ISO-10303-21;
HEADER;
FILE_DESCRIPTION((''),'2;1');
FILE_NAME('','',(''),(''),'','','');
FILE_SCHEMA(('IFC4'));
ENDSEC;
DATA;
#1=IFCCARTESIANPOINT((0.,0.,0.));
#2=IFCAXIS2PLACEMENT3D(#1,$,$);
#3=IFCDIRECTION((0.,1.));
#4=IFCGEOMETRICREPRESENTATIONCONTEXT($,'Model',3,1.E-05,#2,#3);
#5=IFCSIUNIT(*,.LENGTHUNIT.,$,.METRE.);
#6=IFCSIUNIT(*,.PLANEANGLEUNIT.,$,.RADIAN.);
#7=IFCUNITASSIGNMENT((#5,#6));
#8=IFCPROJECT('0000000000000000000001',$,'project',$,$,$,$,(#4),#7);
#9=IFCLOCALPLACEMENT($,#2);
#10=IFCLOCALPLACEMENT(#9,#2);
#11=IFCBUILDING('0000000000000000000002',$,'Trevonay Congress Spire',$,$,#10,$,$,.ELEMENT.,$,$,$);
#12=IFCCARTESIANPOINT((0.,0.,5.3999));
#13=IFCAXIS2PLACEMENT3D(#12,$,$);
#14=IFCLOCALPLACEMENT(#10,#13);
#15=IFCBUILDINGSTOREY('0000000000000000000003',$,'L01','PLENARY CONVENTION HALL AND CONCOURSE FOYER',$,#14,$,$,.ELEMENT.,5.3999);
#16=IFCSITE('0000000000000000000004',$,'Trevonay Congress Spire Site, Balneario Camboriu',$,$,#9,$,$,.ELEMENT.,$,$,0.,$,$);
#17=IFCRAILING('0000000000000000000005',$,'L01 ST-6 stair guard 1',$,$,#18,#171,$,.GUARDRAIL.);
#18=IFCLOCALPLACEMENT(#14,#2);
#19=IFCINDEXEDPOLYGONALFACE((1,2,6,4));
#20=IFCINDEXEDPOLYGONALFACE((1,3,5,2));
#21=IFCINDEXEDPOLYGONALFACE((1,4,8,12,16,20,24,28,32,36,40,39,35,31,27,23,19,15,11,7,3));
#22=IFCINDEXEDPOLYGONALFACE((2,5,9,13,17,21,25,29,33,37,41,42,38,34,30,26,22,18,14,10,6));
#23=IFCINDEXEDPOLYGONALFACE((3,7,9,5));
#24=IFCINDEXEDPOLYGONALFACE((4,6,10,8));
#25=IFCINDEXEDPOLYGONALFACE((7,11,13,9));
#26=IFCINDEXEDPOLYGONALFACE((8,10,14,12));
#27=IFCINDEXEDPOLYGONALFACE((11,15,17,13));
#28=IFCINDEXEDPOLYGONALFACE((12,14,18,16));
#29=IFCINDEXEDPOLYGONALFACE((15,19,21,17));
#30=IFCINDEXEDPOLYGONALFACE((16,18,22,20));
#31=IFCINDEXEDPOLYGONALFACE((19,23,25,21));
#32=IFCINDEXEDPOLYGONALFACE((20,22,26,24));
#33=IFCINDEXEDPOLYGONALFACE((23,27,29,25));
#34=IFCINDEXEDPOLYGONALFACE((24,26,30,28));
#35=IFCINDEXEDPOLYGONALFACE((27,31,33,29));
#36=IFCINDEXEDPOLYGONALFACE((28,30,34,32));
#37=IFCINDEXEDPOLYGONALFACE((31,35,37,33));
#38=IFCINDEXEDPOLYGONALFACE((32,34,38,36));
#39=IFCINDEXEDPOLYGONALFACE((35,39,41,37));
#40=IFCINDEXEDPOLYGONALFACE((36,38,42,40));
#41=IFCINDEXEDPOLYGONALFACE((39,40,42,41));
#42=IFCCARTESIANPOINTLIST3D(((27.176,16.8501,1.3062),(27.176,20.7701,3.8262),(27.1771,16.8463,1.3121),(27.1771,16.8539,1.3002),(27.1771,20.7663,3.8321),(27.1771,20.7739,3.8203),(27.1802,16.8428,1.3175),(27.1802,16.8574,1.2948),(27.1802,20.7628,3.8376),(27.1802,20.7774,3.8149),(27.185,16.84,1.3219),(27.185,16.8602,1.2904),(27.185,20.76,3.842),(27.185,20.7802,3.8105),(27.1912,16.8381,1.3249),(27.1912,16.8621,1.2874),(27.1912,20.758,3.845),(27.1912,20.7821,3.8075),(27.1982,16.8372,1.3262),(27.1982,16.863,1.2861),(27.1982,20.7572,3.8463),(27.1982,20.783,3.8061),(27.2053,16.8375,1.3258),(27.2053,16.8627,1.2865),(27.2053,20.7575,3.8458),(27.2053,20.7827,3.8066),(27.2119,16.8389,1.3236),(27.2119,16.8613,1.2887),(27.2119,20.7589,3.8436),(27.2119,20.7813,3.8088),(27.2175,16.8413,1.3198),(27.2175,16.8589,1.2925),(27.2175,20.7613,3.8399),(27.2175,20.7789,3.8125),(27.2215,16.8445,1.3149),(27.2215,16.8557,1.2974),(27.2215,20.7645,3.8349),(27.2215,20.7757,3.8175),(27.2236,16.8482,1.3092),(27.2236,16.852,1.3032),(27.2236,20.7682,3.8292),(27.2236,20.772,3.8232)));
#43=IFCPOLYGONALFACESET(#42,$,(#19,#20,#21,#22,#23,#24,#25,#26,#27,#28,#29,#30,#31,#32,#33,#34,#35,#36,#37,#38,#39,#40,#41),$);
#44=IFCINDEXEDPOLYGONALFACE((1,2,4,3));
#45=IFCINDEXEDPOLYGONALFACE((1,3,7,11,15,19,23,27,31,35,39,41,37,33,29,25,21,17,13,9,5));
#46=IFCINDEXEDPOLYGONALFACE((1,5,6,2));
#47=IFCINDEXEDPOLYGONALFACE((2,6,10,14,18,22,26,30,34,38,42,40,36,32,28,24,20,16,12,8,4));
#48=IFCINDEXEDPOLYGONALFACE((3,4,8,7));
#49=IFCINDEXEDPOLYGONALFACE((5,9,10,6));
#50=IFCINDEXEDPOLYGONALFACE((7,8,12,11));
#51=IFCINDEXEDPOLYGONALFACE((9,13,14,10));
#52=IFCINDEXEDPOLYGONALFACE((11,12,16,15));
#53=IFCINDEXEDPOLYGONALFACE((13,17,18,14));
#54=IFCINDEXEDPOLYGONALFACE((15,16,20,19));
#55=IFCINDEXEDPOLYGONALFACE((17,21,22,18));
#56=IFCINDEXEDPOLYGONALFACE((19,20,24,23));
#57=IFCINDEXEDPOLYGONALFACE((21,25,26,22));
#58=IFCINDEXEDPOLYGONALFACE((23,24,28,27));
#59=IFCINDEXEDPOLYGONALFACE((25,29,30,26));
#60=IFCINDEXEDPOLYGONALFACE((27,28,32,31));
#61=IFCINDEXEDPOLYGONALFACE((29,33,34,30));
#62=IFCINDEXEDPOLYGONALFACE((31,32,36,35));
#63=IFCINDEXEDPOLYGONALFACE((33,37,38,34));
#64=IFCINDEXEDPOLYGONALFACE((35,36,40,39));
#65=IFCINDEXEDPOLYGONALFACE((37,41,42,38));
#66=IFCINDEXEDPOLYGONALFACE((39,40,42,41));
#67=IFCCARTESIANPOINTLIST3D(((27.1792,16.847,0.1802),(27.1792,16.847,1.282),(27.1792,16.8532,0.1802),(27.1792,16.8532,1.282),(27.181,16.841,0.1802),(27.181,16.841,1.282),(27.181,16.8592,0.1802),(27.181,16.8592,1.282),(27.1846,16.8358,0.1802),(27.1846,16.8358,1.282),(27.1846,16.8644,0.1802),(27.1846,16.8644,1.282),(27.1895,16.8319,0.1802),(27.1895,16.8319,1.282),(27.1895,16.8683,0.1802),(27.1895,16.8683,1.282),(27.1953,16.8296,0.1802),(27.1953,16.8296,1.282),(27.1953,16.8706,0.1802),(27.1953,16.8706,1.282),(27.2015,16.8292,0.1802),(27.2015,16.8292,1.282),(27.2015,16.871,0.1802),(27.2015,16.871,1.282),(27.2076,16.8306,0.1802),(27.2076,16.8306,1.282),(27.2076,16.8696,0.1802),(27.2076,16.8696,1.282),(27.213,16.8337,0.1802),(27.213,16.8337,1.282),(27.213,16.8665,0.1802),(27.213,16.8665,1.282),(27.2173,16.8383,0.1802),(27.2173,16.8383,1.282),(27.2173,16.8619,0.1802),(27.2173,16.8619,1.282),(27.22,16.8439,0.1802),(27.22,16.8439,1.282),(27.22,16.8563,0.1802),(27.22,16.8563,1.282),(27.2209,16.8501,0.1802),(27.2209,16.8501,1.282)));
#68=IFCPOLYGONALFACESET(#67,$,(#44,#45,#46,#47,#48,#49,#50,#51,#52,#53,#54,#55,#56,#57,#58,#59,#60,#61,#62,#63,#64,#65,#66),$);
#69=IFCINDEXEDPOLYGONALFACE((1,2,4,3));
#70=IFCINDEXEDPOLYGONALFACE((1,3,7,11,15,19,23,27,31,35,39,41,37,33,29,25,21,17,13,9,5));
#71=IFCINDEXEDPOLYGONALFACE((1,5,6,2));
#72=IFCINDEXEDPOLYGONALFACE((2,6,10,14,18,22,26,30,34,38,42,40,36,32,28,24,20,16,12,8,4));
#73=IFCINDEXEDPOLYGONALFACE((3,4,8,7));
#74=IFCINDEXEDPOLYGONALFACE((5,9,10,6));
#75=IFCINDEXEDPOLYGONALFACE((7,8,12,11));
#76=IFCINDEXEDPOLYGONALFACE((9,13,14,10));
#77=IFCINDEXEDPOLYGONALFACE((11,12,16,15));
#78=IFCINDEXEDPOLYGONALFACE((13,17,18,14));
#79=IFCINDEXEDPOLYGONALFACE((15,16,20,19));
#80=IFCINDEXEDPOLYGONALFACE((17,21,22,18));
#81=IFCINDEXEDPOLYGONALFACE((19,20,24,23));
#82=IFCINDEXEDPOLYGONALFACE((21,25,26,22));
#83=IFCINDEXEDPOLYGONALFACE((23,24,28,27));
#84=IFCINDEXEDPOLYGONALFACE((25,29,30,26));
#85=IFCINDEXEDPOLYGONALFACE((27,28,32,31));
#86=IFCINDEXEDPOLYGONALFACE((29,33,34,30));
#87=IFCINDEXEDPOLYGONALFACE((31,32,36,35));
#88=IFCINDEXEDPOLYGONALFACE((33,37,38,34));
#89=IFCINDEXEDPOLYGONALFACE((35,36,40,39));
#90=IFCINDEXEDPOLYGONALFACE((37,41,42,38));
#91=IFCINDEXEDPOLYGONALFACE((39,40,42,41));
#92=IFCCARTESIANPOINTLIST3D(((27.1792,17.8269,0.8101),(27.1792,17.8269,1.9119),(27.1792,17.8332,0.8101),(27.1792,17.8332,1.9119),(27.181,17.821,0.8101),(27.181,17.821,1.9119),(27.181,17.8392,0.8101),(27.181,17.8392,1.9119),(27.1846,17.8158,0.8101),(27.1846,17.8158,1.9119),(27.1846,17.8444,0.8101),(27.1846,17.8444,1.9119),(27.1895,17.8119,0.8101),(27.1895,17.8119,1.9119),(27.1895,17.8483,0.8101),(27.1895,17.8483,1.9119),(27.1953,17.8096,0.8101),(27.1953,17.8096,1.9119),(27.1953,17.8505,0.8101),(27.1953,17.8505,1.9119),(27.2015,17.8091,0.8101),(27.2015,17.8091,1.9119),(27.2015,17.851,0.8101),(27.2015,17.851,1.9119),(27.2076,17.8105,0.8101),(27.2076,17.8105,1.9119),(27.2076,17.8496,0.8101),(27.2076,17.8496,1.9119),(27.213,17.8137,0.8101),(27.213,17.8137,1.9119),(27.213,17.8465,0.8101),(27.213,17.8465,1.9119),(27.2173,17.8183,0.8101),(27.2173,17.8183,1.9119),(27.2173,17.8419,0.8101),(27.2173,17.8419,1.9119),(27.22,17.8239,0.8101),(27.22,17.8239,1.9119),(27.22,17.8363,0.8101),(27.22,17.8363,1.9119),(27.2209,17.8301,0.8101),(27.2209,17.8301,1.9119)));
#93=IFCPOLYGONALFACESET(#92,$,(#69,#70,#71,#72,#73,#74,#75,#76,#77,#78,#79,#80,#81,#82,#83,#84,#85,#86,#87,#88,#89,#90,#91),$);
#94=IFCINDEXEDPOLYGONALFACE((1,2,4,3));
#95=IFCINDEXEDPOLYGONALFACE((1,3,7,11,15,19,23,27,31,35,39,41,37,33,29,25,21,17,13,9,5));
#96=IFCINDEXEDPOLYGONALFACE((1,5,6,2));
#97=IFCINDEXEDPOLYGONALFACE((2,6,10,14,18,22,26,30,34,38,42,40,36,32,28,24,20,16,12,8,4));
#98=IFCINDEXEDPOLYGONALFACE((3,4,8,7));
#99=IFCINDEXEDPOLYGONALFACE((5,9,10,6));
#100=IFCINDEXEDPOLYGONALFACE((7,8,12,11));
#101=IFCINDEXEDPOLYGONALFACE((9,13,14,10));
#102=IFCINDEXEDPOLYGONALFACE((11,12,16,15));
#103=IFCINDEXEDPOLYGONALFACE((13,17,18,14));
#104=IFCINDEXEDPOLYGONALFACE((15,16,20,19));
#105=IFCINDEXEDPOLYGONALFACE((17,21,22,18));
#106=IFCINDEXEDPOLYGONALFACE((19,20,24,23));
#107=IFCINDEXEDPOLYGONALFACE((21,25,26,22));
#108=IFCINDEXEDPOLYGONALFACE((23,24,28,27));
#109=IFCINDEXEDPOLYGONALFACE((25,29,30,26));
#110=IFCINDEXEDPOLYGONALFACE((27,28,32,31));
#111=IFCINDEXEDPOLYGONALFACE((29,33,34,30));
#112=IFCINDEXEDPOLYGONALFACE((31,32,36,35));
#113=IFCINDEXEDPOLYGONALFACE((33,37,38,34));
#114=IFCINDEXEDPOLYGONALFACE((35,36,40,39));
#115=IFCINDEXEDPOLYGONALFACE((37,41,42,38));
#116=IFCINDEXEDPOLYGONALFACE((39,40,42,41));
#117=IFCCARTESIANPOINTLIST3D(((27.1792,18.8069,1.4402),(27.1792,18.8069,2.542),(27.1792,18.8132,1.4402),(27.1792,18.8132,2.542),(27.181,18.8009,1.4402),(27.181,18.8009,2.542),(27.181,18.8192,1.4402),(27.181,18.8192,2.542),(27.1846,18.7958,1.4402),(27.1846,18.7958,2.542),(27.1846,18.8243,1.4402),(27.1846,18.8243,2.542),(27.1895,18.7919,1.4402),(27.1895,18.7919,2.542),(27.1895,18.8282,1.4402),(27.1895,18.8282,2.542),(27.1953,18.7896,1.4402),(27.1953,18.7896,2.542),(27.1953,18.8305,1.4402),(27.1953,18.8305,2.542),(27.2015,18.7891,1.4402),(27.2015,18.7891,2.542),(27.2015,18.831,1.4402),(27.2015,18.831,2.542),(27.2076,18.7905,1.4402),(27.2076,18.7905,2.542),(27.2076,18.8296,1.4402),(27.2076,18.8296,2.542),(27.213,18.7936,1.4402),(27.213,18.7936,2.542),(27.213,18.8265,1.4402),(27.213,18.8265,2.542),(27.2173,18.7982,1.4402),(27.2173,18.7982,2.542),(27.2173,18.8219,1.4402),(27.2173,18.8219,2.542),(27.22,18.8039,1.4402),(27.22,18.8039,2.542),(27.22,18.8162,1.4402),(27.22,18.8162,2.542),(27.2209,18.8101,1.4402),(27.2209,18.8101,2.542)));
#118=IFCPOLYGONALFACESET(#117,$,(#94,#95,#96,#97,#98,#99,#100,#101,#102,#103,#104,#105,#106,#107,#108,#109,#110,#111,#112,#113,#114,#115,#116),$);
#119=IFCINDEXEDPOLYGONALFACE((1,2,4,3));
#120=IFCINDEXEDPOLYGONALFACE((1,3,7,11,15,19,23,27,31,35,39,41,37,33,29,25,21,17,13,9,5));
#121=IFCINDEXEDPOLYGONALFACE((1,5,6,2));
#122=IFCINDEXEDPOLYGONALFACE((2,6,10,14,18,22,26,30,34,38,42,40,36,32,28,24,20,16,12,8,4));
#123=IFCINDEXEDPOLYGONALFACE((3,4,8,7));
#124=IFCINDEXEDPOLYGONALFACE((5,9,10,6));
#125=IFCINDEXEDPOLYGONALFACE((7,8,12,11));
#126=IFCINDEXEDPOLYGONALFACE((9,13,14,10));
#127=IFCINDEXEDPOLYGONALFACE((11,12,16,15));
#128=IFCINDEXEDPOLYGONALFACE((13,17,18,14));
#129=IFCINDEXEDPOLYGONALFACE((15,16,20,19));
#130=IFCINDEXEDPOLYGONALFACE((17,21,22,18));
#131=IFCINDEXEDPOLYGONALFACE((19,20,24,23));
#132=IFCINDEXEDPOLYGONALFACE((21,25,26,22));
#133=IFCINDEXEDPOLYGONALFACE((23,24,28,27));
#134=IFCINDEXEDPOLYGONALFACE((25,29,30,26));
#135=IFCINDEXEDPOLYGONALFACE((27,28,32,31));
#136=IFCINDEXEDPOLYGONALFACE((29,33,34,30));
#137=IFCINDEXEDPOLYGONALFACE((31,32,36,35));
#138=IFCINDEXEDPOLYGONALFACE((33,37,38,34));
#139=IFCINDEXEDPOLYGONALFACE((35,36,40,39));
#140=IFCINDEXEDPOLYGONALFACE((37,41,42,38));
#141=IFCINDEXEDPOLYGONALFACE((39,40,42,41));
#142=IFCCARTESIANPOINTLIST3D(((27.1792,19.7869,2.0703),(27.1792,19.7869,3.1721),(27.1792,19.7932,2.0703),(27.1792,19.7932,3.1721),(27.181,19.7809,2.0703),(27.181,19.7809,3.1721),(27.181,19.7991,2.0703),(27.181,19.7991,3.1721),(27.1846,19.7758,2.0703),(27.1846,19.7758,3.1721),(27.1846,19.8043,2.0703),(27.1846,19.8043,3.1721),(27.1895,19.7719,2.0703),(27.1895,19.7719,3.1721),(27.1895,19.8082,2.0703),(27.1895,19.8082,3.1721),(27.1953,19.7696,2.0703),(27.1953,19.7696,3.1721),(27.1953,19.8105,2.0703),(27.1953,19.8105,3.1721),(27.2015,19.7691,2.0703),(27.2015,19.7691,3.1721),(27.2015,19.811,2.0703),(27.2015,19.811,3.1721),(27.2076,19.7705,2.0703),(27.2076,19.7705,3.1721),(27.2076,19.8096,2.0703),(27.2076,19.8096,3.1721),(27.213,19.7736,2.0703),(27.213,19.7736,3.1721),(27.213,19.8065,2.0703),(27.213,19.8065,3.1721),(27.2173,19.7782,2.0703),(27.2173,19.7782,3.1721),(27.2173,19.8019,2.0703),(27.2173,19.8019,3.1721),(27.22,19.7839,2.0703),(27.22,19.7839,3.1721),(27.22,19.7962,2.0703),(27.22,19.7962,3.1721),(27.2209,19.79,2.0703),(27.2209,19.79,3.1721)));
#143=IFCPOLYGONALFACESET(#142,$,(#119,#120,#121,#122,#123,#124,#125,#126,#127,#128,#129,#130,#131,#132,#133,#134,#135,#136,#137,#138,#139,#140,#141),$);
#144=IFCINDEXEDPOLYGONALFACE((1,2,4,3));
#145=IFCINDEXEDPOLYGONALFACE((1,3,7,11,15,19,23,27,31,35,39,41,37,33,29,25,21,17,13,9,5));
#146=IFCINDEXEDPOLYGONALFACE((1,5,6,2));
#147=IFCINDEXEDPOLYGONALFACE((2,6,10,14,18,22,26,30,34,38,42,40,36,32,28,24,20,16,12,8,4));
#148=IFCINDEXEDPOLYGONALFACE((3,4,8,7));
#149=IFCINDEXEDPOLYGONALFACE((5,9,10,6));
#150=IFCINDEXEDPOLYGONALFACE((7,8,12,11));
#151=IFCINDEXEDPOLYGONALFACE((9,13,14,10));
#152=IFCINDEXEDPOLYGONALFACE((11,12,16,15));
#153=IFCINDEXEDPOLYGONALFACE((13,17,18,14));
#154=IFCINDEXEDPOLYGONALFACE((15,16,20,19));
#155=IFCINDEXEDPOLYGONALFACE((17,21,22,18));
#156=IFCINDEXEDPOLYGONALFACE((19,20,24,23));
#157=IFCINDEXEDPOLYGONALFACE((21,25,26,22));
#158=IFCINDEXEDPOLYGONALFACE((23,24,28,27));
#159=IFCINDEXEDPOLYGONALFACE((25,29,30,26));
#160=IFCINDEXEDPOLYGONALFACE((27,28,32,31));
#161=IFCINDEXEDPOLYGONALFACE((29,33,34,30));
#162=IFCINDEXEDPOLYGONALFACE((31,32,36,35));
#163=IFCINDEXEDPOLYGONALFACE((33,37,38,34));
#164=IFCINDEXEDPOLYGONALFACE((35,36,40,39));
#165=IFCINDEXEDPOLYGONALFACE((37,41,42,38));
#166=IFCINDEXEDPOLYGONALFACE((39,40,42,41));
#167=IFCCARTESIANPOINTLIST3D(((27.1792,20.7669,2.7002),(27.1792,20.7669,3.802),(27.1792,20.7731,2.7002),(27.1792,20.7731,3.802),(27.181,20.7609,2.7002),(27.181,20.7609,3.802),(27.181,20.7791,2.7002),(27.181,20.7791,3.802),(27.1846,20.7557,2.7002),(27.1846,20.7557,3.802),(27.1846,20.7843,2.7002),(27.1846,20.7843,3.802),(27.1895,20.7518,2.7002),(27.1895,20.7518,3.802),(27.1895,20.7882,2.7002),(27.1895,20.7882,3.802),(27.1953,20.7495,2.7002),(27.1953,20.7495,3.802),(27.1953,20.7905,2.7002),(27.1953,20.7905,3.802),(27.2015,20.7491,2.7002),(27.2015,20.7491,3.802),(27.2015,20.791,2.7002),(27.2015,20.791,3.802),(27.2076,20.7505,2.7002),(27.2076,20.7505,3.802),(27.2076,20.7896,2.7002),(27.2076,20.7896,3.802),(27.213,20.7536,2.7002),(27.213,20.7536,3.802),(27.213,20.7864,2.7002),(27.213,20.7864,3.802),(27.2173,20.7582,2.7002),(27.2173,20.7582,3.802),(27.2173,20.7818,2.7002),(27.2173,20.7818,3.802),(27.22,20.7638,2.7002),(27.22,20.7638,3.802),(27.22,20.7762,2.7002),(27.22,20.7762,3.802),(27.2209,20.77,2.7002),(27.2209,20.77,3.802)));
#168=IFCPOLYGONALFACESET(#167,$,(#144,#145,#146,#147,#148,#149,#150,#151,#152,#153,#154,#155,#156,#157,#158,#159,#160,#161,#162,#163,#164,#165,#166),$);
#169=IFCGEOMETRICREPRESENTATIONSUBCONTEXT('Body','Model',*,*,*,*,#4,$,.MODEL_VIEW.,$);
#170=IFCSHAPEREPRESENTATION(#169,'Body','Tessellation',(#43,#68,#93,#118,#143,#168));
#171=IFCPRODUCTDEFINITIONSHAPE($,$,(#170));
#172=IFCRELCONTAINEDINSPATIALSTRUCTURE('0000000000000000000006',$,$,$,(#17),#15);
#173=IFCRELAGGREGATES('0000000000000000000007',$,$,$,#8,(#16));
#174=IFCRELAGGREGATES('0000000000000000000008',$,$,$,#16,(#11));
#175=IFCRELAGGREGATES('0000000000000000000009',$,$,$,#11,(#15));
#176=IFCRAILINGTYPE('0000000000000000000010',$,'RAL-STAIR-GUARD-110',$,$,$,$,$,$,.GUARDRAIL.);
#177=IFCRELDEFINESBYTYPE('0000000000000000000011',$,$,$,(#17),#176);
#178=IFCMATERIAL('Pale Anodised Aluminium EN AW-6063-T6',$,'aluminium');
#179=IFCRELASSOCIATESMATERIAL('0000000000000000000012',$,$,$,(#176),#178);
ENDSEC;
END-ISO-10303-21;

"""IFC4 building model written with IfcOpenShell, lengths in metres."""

from ifc_helpers import new_model, si_unit, direction, frame, origin, origin_2d, place, context, subcontext, project, spatial, circle, extrude, material, type_object, element, save


model = new_model("IFC4")

# Units and contexts
model_context = context("Model", 3, precision=1e-05, world=origin(), true_north=direction((0.0, 1.0)))
body_context = subcontext(model_context, "Body", "Model", "MODEL_VIEW")
ifc_project = project(units=[si_unit("LENGTHUNIT", "METRE"), si_unit("PLANEANGLEUNIT", "RADIAN")], contexts=[model_context])

# Site, building, storey
site_placement = place(None, origin())
site = spatial("IfcSite", under=ifc_project, at=site_placement, Name="Trevonay Congress Spire Site, Balneario Camboriu", CompositionType="ELEMENT", RefElevation=0.0)
building_placement = place(site_placement, origin())
building = spatial("IfcBuilding", under=site, at=building_placement, Name="Trevonay Congress Spire", CompositionType="ELEMENT")
storey_placement = place(building_placement, frame((0.0, 0.0, 5.3999)))
storey = spatial("IfcBuildingStorey", under=building, at=storey_placement, Name="L01", Description="PLENARY CONVENTION HALL AND CONCOURSE FOYER", CompositionType="ELEMENT", Elevation=5.3999)

# Shared definitions
ifc_material_1 = material(Name="Pale Anodised Aluminium EN AW-6063-T6", Category="aluminium")

# Railing
railing_type_1 = type_object("IfcRailingType", Name="RAL-STAIR-GUARD-110", PredefinedType="GUARDRAIL", material=ifc_material_1)
railing_1_placement = place(storey_placement, frame((27.2, 16.8501, 0.1802)))
element("IfcRailing", 1, at=railing_1_placement, inside=storey, type_object=railing_type_1, Name="L01 ST-6 stair guard 1", PredefinedType="GUARDRAIL", context=body_context, shape_type="SweptSolid", body=[
    extrude(circle(Radius=0.0239, at=origin_2d()), frame((0.0, 0.0, 1.126), z_axis=(0.0, 0.841172, 0.540768), x_axis=(-1.0, 0.0, 0.0)), (0.0, 0.0, 1.0), 4.6602),
    extrude(circle(Radius=0.021, at=origin_2d()), origin(), (0.0, 0.0, 1.0), 1.1018),
    extrude(circle(Radius=0.021, at=origin_2d()), frame((0.0, 0.98, 0.6299)), (0.0, 0.0, 1.0), 1.1018),
    extrude(circle(Radius=0.021, at=origin_2d()), frame((0.0, 1.96, 1.26)), (0.0, 0.0, 1.0), 1.1018),
    extrude(circle(Radius=0.021, at=origin_2d()), frame((0.0, 2.9399, 1.8901)), (0.0, 0.0, 1.0), 1.1018),
    extrude(circle(Radius=0.021, at=origin_2d()), frame((0.0, 3.9199, 2.52)), (0.0, 0.0, 1.0), 1.1018),
])

save(model, "model.ifc")
